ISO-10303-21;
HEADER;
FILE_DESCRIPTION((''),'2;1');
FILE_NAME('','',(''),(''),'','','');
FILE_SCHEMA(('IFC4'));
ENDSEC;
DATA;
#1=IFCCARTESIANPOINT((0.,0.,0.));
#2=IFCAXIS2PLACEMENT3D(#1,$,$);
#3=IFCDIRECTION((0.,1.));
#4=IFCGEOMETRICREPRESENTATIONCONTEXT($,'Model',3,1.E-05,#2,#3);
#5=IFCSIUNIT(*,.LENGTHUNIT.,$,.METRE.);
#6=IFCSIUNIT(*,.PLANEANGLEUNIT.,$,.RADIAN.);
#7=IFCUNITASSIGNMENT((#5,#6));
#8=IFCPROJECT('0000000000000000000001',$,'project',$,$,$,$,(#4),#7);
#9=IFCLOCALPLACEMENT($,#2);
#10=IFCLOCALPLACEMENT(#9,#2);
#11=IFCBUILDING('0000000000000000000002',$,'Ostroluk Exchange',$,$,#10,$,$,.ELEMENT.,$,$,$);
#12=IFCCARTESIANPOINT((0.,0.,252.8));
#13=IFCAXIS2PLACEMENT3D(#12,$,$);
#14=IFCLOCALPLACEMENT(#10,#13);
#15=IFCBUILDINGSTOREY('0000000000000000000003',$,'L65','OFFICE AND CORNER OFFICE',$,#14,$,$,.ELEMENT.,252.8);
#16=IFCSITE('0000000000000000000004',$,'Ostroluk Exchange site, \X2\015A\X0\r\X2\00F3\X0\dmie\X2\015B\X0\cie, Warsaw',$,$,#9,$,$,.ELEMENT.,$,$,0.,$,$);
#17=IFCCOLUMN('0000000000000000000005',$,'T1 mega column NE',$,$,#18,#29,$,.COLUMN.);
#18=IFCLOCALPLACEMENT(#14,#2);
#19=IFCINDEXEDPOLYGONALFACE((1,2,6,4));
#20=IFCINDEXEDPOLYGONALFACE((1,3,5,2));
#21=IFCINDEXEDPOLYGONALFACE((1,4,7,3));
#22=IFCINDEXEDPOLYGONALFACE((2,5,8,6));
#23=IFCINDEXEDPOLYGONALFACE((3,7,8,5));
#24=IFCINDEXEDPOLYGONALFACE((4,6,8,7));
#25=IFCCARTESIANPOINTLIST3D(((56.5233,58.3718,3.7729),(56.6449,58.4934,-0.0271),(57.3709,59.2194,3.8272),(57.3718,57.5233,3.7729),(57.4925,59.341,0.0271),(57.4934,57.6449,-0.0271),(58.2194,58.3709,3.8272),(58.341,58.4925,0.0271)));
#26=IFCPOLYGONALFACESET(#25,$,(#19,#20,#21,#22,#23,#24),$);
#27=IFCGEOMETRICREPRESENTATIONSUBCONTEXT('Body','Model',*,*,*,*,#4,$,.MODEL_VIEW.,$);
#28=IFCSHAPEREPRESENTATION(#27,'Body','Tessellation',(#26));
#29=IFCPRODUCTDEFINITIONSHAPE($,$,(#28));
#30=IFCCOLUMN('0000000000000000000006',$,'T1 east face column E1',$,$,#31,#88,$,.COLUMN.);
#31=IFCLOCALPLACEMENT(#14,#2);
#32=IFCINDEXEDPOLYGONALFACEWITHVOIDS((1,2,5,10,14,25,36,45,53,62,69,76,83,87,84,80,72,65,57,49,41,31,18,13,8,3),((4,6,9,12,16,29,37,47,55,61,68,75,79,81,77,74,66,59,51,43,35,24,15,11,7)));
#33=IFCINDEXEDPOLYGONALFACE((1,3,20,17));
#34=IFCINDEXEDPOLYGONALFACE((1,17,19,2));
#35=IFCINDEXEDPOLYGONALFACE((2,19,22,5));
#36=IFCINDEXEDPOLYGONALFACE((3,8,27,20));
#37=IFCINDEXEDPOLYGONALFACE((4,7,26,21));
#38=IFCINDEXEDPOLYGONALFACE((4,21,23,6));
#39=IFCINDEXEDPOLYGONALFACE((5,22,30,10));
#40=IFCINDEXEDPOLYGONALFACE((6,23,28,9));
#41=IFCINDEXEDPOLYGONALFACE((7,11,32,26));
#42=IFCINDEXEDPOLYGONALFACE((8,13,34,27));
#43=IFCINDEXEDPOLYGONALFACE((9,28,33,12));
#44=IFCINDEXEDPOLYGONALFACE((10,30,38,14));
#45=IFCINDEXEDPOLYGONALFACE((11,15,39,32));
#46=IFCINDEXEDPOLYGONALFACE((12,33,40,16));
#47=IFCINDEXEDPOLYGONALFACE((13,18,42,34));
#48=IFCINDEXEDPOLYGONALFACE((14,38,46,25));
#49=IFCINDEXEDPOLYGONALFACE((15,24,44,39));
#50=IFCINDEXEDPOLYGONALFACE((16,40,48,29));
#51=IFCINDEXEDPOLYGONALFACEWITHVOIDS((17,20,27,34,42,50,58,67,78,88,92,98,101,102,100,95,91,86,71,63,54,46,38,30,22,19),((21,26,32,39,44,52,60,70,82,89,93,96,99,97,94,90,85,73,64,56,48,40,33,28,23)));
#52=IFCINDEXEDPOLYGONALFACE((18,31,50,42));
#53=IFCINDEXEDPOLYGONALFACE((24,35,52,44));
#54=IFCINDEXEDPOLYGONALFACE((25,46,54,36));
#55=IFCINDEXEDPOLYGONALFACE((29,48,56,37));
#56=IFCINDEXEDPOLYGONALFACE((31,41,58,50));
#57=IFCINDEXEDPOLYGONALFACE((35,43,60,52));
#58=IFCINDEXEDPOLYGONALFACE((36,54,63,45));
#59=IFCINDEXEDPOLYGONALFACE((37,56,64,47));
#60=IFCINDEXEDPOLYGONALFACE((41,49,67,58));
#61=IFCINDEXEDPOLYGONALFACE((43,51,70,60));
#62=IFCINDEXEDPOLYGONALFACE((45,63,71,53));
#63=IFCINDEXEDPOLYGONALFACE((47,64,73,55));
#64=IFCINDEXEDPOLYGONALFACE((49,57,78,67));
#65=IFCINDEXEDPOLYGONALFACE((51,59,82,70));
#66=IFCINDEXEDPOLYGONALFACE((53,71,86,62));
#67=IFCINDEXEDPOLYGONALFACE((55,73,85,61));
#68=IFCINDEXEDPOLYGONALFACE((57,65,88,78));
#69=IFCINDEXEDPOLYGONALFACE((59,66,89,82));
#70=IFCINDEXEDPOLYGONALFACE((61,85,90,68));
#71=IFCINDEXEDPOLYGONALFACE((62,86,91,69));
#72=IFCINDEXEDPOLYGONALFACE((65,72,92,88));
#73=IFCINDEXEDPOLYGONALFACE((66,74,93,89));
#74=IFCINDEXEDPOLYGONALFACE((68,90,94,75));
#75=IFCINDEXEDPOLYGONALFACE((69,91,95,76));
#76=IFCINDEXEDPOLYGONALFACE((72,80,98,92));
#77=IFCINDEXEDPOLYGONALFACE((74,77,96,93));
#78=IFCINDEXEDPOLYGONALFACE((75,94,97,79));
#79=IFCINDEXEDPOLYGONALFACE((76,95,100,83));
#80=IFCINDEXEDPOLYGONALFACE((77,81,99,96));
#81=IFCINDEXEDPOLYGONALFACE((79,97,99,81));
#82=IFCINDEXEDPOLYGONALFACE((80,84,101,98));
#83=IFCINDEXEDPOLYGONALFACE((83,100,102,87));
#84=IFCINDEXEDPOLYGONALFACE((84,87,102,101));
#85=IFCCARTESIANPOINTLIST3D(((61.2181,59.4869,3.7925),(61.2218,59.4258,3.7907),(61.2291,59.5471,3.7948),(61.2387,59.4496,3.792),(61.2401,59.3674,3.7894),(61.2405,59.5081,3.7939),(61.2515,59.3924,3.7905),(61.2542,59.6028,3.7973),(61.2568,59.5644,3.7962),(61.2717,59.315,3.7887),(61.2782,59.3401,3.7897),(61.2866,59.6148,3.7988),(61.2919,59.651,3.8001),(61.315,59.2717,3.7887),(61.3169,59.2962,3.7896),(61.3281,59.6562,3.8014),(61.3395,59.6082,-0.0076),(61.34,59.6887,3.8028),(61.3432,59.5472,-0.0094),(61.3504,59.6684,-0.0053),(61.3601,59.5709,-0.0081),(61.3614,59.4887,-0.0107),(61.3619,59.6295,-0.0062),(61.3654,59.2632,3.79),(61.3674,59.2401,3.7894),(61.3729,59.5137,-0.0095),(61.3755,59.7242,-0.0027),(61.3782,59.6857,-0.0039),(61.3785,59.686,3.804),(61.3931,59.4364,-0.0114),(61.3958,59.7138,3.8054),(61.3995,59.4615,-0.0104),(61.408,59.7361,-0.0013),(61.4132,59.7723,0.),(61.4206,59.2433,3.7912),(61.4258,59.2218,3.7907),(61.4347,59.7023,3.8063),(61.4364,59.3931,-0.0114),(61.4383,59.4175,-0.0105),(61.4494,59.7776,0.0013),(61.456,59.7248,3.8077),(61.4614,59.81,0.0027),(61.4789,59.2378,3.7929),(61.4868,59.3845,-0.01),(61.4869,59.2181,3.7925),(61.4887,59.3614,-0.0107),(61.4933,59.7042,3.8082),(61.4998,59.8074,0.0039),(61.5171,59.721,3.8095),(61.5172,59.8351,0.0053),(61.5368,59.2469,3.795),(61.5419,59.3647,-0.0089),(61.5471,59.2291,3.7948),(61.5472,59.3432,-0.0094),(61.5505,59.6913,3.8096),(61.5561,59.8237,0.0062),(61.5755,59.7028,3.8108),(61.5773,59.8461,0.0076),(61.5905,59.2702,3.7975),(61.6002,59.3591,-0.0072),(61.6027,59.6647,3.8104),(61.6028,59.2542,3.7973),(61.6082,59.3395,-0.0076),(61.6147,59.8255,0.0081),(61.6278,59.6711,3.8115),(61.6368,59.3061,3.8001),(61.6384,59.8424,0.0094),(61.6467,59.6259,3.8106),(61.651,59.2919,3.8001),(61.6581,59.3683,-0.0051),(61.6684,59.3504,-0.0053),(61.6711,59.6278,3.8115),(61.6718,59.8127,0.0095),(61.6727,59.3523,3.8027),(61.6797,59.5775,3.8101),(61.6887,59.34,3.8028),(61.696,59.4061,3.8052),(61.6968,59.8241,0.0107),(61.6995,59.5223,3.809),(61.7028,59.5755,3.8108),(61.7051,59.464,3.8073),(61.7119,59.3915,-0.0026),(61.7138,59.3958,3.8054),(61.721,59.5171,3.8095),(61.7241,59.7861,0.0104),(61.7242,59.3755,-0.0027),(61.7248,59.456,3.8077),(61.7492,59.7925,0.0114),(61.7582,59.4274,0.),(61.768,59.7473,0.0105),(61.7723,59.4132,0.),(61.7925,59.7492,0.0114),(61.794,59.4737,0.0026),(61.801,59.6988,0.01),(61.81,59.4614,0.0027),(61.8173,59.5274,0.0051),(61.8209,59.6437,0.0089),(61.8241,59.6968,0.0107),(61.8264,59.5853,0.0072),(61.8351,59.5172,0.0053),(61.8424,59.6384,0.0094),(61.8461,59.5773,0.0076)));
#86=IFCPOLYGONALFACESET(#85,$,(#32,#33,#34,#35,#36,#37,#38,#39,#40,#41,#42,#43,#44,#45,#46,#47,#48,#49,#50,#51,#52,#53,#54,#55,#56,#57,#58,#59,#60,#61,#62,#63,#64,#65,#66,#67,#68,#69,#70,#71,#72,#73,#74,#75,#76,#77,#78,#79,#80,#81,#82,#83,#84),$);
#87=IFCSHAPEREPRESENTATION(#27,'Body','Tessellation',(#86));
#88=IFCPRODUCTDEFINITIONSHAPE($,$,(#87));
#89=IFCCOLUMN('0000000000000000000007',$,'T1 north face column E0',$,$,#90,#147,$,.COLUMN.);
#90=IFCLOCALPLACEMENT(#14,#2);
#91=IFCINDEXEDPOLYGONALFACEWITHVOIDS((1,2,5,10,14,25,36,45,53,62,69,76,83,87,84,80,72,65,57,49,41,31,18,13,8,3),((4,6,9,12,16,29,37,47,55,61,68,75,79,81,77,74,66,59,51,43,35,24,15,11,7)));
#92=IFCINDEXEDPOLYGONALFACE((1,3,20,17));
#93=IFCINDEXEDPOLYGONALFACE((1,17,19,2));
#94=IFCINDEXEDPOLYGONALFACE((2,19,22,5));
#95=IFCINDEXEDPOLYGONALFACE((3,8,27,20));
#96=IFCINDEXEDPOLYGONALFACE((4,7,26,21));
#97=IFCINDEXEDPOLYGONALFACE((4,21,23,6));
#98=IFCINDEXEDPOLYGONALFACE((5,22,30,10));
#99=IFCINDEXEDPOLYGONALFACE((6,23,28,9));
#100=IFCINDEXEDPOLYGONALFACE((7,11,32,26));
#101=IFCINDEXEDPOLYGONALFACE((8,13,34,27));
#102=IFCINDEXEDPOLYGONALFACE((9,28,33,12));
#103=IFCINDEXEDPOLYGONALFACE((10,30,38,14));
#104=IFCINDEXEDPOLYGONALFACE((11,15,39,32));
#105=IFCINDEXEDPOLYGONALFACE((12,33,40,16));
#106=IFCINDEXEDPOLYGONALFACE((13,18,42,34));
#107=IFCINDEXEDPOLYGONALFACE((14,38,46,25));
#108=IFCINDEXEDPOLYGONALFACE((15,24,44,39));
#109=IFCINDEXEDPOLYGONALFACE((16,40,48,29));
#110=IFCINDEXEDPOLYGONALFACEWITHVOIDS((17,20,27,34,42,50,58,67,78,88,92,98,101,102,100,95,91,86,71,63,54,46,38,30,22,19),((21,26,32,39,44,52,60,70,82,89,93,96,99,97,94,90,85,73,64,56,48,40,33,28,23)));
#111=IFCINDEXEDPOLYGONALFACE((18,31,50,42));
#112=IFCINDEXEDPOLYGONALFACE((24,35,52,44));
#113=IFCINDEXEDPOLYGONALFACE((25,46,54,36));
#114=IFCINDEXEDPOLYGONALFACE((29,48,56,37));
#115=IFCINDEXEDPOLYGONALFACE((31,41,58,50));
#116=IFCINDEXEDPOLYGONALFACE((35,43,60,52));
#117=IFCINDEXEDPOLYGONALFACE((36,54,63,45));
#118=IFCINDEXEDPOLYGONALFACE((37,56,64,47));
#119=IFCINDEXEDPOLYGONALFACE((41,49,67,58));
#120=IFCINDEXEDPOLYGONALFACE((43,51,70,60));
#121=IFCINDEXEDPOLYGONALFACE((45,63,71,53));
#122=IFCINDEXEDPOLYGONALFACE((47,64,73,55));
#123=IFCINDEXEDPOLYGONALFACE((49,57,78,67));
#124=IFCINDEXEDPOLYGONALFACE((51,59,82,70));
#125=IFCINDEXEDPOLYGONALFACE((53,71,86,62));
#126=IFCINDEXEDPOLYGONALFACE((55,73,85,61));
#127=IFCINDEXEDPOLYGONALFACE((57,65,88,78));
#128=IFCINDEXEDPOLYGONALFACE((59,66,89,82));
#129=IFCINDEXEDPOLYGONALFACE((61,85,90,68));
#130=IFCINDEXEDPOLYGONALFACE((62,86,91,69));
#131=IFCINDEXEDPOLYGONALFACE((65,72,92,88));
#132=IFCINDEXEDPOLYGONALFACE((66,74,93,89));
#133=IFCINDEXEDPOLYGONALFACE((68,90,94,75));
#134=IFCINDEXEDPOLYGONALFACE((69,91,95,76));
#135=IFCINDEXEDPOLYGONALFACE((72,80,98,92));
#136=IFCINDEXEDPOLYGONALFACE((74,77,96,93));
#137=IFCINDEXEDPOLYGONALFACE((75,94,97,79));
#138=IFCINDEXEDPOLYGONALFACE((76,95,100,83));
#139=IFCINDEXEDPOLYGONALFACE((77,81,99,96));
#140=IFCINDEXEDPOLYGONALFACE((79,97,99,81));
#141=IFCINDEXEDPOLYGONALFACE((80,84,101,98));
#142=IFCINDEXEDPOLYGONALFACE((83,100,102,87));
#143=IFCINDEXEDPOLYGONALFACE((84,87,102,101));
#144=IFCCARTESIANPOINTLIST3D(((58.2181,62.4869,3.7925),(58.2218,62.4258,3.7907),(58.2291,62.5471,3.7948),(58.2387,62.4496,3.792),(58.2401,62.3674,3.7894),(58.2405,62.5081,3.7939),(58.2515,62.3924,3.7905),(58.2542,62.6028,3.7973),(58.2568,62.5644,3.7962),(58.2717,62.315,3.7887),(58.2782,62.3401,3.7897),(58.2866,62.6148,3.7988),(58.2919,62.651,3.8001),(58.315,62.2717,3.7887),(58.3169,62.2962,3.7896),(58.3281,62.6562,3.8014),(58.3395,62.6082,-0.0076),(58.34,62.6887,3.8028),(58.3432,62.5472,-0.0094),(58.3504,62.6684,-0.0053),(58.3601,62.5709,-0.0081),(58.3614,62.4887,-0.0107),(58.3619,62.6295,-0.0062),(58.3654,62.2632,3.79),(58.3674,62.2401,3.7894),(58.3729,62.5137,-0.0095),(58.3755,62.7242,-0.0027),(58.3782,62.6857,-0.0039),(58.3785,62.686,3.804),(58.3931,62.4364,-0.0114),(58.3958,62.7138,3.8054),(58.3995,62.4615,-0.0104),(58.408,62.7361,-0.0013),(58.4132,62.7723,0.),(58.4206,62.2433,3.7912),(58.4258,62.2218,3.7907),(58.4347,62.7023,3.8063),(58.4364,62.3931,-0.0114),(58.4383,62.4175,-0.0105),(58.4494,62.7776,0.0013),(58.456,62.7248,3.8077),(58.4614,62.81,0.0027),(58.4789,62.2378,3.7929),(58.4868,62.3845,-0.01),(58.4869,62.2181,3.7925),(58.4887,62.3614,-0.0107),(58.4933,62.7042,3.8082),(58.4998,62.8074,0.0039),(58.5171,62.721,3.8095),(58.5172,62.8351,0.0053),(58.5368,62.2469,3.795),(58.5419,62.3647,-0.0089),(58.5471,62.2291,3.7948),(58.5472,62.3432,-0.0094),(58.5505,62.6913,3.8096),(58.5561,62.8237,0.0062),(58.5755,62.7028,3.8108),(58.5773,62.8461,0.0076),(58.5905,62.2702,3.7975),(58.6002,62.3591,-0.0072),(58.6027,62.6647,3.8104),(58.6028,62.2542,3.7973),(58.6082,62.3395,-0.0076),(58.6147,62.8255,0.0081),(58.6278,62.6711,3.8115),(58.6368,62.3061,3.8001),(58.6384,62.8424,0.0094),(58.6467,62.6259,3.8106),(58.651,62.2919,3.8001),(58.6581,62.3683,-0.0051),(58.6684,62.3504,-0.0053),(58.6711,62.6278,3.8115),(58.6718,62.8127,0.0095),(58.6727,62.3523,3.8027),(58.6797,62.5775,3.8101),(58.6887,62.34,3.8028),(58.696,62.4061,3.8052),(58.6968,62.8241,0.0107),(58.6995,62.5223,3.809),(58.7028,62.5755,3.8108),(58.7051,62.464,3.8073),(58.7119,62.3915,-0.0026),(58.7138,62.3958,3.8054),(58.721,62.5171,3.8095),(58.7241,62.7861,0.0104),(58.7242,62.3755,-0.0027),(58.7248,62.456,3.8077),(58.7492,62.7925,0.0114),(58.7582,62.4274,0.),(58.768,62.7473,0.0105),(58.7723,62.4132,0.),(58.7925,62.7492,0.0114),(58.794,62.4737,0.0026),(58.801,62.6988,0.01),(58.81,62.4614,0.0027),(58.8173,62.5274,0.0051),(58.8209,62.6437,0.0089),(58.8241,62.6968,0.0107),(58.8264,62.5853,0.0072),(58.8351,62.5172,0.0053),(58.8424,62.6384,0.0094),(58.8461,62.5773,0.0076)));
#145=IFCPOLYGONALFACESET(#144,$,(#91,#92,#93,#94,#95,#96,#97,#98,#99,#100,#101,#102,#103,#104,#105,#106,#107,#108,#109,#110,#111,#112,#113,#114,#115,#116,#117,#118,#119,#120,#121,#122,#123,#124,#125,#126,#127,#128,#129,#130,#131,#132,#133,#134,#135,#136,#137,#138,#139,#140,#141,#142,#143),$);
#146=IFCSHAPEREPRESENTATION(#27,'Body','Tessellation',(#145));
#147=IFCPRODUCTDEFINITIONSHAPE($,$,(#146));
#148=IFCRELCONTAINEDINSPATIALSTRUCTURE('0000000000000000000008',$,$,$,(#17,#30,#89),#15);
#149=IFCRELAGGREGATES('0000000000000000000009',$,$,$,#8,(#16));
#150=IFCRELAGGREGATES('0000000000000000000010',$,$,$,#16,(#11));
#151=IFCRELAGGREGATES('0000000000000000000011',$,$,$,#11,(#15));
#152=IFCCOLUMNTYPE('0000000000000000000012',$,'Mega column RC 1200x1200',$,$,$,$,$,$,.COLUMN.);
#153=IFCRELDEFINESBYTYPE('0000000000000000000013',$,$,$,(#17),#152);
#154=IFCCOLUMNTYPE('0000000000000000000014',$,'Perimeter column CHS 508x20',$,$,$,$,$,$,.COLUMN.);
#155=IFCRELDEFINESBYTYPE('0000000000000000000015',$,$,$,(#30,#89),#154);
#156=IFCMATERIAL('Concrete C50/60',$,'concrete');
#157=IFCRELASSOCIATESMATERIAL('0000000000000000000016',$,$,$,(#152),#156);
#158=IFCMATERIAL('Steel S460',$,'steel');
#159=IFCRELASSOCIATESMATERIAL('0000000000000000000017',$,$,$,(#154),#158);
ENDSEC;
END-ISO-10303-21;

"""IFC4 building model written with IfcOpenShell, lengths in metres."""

from ifc_helpers import new_model, si_unit, direction, frame, origin, origin_2d, place, context, subcontext, project, spatial, rectangle, hollow_circle, extrude, material, material_profile, profile_set, type_object, element, save


model = new_model("IFC4")

# Units and contexts
model_context = context("Model", 3, precision=1e-05, world=origin(), true_north=direction((0.0, 1.0)))
body_context = subcontext(model_context, "Body", "Model", "MODEL_VIEW")
ifc_project = project(units=[si_unit("LENGTHUNIT", "METRE"), si_unit("PLANEANGLEUNIT", "RADIAN")], contexts=[model_context])

# Site, building, storey
site_placement = place(None, origin())
site = spatial("IfcSite", under=ifc_project, at=site_placement, Name="Ostroluk Exchange site, Śródmieście, Warsaw", CompositionType="ELEMENT", RefElevation=0.0)
building_placement = place(site_placement, origin())
building = spatial("IfcBuilding", under=site, at=building_placement, Name="Ostroluk Exchange", CompositionType="ELEMENT")
storey_placement = place(building_placement, frame((0.0, 0.0, 252.8)))
storey = spatial("IfcBuildingStorey", under=building, at=storey_placement, Name="L65", Description="OFFICE AND CORNER OFFICE", CompositionType="ELEMENT", Elevation=252.8)

# Columns
ifc_material_1 = material(Name="Concrete C50/60", Category="concrete")
ifc_material_profile_1 = material_profile(ifc_material_1, rectangle(XDim=1.2, YDim=1.2, at=origin_2d()), Name="RC 1200x1200")
ifc_profile_set_1 = profile_set([ifc_material_profile_1], Name="Concrete C50/60")
column_type_1 = type_object("IfcColumnType", Name="Mega column RC 1200x1200", PredefinedType="COLUMN", material=ifc_profile_set_1)
column_1_placement = place(storey_placement, frame((57.4929, 58.4929, 0.0), z_axis=(-0.031962, -0.031962, 0.998978), x_axis=(0.707107, -0.707107, 0.0)))
element("IfcColumn", 1, at=column_1_placement, inside=storey, type_object=column_type_1, Name="T1 mega column NE", PredefinedType="COLUMN", context=body_context, shape_type="SweptSolid", body=[
    extrude(rectangle(XDim=1.2, YDim=1.2, at=origin_2d()), origin(), (0.0, 0.0, 1.0), 3.804),
])
ifc_material_2 = material(Name="Steel S460", Category="steel")
ifc_material_profile_2 = material_profile(ifc_material_2, hollow_circle(Radius=0.2539, WallThickness=0.02, at=origin_2d()), Name="CHS 508x20")
ifc_profile_set_2 = profile_set([ifc_material_profile_2], Name="Steel S460")
column_type_2 = type_object("IfcColumnType", Name="Perimeter column CHS 508x20", PredefinedType="COLUMN", material=ifc_profile_set_2)
for number, where, z_axis, x_axis, name in (
    (2, (61.5928, 59.5928, 0.0), (-0.031898, -0.031898, 0.998982), (0.707107, -0.707107, 0.0), "T1 east face column E1"),
    (3, (58.5928, 62.5928, 0.0), (-0.031898, -0.031898, 0.998982), (0.707107, -0.707107, 0.0), "T1 north face column E0"),
):
    element("IfcColumn", number, at=place(storey_placement, frame(where, z_axis=z_axis, x_axis=x_axis)), inside=storey, type_object=column_type_2, Name=name, PredefinedType="COLUMN", context=body_context, shape_type="SweptSolid", body=[
        extrude(hollow_circle(Radius=0.2539, WallThickness=0.02, at=origin_2d()), origin(), (0.0, 0.0, 1.0), 3.804),
    ])

save(model, "model.ifc")
